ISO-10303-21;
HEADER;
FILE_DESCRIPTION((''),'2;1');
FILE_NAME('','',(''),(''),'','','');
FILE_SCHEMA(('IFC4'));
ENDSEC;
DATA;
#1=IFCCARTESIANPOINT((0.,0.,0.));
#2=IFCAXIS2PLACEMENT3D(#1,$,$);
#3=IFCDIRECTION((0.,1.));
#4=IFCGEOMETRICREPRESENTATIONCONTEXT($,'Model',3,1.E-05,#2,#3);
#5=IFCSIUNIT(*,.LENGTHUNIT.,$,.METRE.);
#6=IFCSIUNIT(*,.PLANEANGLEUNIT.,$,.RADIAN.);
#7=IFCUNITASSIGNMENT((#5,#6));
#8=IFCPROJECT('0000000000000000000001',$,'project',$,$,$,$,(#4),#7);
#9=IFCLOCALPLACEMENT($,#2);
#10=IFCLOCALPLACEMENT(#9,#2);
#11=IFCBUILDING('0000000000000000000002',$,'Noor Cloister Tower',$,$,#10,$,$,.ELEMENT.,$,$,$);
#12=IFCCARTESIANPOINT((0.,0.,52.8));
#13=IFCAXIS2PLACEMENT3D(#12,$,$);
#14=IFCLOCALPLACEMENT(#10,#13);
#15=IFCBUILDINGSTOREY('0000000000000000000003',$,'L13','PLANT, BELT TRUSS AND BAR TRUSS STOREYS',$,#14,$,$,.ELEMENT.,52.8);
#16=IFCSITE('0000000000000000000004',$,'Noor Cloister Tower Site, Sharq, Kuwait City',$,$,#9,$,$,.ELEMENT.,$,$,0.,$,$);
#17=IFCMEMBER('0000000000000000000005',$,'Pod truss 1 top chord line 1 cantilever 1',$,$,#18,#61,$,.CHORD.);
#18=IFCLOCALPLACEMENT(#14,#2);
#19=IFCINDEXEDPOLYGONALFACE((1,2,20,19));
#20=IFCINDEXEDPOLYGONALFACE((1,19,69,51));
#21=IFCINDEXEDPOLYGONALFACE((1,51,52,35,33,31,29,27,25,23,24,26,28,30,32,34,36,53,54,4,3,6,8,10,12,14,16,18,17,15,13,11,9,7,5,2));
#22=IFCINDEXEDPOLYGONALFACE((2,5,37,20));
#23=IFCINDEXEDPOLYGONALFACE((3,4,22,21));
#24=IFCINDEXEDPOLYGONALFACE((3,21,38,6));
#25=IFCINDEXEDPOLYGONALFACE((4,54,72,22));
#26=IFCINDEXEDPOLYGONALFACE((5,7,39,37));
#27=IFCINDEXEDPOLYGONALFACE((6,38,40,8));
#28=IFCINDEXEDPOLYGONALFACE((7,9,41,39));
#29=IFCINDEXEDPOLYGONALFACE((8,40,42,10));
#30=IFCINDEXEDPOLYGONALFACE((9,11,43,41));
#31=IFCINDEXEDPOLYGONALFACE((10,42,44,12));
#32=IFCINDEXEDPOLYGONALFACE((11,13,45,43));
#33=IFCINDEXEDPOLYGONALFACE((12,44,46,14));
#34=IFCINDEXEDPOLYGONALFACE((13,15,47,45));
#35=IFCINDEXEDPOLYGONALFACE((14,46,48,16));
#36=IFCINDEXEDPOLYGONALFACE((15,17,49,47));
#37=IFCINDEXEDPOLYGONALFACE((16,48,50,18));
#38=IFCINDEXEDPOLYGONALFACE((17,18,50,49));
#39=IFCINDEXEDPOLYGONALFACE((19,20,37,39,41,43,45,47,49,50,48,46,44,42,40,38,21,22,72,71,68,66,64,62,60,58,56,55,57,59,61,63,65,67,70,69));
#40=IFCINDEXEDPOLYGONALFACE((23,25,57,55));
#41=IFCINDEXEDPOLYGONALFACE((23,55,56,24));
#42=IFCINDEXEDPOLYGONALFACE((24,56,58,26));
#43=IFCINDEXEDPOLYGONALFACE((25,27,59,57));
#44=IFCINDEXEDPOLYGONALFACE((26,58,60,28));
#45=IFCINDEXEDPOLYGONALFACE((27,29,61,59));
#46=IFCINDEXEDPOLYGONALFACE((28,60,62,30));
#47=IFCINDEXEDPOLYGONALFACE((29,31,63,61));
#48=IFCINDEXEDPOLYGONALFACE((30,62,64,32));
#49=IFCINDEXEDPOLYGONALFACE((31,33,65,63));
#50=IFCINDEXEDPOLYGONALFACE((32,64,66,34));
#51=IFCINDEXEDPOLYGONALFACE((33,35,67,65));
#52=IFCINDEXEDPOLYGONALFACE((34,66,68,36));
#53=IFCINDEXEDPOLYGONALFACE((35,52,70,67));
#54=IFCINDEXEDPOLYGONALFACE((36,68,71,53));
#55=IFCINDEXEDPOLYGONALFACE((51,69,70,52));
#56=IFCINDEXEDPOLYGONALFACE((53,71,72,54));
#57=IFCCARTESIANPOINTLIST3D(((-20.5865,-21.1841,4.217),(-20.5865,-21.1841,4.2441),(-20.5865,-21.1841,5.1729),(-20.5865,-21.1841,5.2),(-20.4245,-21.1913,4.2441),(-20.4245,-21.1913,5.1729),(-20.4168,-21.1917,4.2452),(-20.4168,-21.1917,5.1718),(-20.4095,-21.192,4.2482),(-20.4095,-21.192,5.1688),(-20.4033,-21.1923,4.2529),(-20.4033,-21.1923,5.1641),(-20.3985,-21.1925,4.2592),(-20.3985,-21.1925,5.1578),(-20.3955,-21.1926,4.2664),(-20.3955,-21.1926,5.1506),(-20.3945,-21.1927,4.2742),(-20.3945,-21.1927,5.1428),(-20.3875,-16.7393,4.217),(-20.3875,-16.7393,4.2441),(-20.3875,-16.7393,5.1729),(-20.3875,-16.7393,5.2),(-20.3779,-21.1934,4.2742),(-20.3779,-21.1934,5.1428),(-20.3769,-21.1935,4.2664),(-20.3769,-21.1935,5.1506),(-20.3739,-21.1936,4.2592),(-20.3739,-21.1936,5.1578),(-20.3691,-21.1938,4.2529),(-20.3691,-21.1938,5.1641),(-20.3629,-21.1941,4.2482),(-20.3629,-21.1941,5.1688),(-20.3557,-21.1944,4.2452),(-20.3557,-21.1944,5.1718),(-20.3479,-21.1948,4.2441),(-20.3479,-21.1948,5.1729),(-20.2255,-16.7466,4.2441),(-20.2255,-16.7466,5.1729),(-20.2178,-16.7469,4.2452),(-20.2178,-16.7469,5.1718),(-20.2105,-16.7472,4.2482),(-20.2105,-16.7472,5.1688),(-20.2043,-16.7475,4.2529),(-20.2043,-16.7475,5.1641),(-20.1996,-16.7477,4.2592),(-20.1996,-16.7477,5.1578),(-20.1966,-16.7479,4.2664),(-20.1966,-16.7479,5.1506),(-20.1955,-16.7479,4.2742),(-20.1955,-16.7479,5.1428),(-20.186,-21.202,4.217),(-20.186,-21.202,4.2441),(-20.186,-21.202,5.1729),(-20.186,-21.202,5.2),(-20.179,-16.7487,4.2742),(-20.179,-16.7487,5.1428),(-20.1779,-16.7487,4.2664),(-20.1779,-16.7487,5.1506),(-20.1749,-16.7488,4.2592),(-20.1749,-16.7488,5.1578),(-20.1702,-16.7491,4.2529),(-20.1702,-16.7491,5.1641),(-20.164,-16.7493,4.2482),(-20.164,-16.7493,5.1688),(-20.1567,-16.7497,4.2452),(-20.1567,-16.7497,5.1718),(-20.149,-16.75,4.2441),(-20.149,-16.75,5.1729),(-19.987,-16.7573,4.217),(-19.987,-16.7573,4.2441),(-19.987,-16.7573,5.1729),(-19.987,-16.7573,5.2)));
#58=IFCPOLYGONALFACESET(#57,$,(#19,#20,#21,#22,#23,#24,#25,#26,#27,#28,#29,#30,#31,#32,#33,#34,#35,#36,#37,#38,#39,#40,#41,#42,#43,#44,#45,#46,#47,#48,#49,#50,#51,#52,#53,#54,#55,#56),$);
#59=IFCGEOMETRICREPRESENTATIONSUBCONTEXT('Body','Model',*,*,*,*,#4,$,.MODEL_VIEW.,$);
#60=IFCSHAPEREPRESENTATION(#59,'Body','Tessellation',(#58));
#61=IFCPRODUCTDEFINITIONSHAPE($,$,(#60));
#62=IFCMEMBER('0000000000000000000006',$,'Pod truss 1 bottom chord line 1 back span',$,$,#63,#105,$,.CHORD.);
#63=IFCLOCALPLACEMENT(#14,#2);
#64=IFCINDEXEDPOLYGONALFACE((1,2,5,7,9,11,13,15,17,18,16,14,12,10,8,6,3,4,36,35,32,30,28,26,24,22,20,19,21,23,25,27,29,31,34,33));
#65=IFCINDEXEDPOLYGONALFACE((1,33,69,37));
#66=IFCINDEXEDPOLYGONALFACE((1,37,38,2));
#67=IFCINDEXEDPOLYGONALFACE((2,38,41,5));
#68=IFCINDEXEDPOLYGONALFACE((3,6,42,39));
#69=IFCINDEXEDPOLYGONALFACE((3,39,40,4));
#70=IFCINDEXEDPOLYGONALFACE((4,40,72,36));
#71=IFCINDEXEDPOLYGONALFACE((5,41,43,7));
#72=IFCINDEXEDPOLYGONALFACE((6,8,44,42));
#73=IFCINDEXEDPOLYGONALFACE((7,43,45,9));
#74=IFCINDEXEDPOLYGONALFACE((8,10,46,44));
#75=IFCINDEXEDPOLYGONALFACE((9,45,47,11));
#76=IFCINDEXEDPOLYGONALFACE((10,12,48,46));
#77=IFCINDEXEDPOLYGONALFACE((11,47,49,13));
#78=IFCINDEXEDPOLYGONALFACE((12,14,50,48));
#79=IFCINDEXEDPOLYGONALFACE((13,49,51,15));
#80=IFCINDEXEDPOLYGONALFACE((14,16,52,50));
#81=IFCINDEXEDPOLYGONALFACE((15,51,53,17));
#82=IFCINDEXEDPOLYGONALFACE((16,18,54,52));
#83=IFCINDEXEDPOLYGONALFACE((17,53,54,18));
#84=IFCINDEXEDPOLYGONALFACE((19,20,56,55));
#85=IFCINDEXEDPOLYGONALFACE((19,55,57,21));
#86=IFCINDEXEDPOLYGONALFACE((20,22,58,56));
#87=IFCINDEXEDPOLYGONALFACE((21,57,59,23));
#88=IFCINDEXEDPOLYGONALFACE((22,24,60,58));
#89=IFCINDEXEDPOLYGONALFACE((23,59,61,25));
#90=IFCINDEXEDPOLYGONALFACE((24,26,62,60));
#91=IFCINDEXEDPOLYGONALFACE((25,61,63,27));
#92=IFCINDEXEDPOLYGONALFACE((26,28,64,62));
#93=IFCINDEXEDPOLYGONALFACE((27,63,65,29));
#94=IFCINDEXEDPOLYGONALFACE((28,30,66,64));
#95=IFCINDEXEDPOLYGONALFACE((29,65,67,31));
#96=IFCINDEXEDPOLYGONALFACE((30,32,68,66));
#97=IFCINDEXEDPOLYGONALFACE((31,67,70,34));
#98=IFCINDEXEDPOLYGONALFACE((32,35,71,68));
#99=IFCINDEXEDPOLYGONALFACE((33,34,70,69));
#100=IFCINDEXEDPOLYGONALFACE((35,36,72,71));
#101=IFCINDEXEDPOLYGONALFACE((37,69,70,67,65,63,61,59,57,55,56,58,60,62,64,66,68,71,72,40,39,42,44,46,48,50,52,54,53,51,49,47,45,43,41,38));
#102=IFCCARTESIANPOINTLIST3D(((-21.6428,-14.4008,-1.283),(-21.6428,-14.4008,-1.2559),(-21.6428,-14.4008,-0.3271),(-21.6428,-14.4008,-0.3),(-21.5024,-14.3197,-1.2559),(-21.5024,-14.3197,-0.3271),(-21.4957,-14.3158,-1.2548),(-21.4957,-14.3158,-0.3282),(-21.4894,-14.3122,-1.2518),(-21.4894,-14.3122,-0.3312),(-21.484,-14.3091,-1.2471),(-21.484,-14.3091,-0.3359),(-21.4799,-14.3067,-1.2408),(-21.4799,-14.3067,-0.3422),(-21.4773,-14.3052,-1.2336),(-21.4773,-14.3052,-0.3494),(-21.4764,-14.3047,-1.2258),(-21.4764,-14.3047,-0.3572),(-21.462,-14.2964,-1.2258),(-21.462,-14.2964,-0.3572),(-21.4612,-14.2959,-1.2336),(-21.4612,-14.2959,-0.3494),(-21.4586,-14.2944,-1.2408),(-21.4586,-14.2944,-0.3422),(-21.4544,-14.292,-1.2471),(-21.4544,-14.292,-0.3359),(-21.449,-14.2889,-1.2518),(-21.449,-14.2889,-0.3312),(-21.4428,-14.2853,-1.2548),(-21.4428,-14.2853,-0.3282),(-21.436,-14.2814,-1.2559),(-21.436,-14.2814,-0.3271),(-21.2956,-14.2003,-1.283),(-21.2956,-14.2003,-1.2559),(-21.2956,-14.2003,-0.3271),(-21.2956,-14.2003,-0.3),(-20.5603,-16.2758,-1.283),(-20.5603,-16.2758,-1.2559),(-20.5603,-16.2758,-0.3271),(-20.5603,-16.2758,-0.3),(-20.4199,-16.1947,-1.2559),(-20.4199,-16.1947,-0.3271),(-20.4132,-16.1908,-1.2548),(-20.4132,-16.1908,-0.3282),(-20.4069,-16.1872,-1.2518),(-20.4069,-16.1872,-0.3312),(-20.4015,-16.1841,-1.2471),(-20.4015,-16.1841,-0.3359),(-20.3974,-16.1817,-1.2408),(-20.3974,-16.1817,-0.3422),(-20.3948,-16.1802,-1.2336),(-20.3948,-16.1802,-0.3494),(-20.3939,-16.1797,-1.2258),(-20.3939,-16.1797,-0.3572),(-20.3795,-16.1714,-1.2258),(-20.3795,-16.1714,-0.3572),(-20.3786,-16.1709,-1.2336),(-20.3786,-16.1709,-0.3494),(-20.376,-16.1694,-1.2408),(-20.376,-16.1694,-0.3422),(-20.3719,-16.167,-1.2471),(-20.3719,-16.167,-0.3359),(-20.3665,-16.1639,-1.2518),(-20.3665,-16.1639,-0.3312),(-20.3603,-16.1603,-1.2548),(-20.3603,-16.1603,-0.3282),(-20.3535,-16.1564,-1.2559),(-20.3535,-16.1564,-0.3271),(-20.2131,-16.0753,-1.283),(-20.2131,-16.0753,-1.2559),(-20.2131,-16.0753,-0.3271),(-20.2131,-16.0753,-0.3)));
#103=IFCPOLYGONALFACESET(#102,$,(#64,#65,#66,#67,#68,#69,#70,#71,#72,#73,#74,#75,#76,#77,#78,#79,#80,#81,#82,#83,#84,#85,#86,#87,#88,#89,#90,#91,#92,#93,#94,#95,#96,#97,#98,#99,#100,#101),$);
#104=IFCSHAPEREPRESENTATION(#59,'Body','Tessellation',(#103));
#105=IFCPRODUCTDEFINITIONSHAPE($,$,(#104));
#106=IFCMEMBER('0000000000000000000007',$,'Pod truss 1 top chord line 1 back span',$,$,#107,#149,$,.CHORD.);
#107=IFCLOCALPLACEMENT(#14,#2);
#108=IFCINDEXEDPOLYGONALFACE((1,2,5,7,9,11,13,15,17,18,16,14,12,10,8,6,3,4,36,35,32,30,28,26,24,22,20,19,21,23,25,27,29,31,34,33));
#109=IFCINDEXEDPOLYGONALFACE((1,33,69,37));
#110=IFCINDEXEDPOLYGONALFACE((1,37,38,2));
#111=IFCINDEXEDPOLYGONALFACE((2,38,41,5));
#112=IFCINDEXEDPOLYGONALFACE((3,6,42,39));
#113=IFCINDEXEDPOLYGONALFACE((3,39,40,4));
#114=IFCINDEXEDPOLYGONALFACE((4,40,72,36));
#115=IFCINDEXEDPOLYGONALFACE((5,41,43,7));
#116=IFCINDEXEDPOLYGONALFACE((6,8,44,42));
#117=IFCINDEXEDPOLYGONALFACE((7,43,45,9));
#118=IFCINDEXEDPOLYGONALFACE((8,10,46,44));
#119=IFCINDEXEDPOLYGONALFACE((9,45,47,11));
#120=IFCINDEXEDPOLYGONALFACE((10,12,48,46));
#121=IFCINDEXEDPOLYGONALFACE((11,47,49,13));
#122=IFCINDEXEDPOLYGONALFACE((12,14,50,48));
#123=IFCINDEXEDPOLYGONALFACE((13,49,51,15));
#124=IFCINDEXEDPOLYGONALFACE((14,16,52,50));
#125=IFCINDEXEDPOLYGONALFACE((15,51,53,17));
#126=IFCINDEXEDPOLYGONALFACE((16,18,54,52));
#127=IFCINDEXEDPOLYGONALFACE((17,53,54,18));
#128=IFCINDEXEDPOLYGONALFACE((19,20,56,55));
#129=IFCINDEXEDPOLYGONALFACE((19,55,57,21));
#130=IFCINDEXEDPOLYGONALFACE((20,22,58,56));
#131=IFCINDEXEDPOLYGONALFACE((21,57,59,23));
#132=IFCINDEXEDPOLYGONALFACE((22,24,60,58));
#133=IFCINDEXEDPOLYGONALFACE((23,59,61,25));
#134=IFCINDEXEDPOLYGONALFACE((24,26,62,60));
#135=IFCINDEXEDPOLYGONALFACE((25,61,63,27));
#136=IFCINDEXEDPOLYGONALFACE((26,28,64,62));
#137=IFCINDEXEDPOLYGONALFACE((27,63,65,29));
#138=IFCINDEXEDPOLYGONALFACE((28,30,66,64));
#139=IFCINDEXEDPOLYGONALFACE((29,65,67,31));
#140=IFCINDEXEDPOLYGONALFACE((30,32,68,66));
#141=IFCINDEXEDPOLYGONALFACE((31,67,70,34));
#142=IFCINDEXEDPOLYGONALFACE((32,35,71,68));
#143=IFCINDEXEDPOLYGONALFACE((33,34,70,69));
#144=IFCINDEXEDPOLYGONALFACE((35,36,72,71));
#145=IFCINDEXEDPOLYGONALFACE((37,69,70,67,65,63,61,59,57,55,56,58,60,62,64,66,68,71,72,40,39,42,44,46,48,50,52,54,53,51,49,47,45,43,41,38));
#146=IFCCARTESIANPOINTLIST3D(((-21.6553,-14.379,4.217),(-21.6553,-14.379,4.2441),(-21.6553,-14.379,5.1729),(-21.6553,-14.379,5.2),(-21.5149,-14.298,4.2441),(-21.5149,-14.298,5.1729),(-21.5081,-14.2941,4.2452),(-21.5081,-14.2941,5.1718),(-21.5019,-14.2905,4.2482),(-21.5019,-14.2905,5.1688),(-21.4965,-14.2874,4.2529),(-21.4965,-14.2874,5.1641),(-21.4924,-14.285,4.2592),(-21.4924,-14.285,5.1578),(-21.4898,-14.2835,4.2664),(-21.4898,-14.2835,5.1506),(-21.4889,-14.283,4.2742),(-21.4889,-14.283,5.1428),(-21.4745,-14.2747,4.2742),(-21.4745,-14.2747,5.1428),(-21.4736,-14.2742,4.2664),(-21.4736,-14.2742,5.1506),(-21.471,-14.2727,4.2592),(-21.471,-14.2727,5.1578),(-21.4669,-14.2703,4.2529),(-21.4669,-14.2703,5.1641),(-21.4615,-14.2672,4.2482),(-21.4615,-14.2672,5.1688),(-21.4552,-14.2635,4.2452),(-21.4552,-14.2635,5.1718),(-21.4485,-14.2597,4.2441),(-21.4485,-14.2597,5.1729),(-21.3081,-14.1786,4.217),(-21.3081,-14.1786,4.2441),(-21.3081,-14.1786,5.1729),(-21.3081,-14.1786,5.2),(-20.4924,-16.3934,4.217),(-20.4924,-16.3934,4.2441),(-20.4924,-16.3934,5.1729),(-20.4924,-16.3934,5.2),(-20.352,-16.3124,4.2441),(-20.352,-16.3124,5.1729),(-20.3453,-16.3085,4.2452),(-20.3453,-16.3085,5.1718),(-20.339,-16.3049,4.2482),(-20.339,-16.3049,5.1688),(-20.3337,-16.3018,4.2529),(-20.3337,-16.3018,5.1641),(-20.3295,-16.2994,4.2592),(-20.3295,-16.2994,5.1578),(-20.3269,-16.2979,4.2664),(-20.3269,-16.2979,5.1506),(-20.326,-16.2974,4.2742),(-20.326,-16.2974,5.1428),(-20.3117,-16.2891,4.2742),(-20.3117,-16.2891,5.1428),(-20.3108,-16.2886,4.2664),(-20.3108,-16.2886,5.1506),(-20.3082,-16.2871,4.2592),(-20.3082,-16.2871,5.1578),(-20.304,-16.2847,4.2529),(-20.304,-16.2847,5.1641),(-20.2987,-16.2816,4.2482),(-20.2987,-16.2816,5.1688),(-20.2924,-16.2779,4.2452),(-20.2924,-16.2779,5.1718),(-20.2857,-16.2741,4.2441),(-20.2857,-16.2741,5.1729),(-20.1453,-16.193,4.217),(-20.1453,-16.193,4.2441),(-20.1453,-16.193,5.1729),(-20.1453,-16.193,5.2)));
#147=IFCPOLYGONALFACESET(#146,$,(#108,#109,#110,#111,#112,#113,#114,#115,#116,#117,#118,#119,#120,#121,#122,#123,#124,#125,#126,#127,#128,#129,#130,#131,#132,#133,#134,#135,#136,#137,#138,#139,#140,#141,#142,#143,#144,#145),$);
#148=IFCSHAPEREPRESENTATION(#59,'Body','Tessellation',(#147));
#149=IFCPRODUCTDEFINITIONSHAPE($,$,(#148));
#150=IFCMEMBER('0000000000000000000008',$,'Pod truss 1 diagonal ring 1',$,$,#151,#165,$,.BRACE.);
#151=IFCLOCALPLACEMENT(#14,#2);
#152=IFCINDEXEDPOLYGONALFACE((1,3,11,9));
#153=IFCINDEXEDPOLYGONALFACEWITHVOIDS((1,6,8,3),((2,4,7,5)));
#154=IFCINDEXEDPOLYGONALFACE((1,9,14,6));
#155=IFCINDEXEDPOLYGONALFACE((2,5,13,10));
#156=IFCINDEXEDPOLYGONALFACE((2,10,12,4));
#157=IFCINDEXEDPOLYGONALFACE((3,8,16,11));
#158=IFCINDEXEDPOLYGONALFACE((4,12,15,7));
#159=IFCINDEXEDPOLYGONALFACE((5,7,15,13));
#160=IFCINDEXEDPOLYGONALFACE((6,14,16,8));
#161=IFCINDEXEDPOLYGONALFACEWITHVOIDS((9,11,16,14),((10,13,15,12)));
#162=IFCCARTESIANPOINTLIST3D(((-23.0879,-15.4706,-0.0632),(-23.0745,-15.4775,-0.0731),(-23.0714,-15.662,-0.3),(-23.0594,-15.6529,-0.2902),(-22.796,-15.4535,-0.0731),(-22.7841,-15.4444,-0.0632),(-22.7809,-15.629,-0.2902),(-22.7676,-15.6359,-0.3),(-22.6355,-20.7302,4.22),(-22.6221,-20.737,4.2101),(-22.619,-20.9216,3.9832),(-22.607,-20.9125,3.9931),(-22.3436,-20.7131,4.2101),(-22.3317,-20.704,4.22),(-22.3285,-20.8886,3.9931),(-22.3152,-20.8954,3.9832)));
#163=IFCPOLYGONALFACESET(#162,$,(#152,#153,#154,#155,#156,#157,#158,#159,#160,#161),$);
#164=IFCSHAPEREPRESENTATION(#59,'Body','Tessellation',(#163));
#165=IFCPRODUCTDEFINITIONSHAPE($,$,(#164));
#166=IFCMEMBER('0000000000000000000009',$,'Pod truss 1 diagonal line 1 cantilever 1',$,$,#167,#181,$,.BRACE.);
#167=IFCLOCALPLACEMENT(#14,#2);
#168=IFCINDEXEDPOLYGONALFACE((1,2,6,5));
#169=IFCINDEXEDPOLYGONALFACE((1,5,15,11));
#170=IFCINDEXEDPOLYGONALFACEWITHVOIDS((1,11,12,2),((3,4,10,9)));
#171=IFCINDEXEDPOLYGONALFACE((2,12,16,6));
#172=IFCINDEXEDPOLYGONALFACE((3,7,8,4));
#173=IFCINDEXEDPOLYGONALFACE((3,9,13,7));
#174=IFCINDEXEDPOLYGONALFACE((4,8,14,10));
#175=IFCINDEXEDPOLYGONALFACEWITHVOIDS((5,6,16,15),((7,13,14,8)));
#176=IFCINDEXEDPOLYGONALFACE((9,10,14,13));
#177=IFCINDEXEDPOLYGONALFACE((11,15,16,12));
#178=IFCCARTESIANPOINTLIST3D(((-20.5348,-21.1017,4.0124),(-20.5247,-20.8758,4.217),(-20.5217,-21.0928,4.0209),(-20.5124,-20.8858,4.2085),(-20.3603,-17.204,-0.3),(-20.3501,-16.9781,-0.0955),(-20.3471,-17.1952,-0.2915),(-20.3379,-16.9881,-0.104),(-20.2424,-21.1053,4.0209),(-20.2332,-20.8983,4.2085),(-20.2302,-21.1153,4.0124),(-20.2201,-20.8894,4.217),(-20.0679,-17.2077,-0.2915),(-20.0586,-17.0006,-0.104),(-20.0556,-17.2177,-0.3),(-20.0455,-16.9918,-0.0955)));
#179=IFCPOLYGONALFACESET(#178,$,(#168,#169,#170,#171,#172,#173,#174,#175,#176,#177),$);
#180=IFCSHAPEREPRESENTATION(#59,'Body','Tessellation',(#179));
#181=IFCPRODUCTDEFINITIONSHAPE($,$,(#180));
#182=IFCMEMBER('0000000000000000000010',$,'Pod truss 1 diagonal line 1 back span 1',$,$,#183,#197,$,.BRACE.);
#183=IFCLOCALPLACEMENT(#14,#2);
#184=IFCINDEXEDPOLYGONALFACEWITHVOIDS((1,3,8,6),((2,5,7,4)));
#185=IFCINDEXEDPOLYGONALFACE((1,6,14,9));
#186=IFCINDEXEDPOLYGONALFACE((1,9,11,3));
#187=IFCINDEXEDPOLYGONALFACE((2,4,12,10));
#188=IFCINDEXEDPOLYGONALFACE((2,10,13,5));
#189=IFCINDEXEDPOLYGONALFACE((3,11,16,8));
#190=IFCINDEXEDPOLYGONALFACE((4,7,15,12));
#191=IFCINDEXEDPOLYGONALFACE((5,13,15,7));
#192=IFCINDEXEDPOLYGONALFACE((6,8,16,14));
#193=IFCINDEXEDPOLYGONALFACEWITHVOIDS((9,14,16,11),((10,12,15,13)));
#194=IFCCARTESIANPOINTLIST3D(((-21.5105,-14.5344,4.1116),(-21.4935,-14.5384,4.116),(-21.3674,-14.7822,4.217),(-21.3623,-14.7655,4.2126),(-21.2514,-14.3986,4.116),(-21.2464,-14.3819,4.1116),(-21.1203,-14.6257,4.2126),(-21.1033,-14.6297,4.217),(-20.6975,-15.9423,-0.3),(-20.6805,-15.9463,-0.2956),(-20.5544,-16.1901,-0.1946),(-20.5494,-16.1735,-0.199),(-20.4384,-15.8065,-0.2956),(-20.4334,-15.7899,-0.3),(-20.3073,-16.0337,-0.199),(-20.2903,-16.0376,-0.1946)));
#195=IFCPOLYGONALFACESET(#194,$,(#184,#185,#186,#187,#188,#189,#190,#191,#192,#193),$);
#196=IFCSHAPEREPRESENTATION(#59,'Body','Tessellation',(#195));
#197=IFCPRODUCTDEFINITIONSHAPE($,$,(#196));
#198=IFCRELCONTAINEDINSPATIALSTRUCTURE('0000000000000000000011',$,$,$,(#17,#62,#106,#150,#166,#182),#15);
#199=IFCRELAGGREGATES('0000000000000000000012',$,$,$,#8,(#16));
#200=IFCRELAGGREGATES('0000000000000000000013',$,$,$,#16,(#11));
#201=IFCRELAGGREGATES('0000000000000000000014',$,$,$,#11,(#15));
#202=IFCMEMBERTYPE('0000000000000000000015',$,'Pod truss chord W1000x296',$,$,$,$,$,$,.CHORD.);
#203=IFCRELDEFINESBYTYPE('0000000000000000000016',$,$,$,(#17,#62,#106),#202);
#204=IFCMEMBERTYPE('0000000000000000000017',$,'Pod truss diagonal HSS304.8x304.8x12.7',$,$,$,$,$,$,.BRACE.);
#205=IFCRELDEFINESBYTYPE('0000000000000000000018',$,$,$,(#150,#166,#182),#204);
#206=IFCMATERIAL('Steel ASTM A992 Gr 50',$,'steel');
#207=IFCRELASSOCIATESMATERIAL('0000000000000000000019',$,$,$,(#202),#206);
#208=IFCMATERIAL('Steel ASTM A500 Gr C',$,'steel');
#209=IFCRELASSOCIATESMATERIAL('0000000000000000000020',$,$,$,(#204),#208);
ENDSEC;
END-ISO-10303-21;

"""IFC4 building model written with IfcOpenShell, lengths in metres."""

from ifc_helpers import new_model, si_unit, direction, frame, origin, origin_2d, place, context, subcontext, project, spatial, hollow_rectangle, i_section, extrude, material, material_profile, profile_set, type_object, element, save


model = new_model("IFC4")

# Units and contexts
model_context = context("Model", 3, precision=1e-05, world=origin(), true_north=direction((0.0, 1.0)))
body_context = subcontext(model_context, "Body", "Model", "MODEL_VIEW")
ifc_project = project(units=[si_unit("LENGTHUNIT", "METRE"), si_unit("PLANEANGLEUNIT", "RADIAN")], contexts=[model_context])

# Site, building, storey
site_placement = place(None, origin())
site = spatial("IfcSite", under=ifc_project, at=site_placement, Name="Noor Cloister Tower Site, Sharq, Kuwait City", CompositionType="ELEMENT", RefElevation=0.0)
building_placement = place(site_placement, origin())
building = spatial("IfcBuilding", under=site, at=building_placement, Name="Noor Cloister Tower", CompositionType="ELEMENT")
storey_placement = place(building_placement, frame((0.0, 0.0, 52.8)))
storey = spatial("IfcBuildingStorey", under=building, at=storey_placement, Name="L13", Description="PLANT, BELT TRUSS AND BAR TRUSS STOREYS", CompositionType="ELEMENT", Elevation=52.8)

# Members
ifc_material_1 = material(Name="Steel ASTM A992 Gr 50", Category="steel")
ifc_material_profile_1 = material_profile(ifc_material_1, i_section(OverallWidth=0.4009, OverallDepth=0.9829, WebThickness=0.0166, FlangeThickness=0.0271, FilletRadius=0.03, at=origin_2d()), Name="W1000x296")
ifc_profile_set_1 = profile_set([ifc_material_profile_1], Name="Steel ASTM A992 Gr 50")
member_type_1 = type_object("IfcMemberType", Name="Pod truss chord W1000x296", PredefinedType="CHORD", material=ifc_profile_set_1)
member_1_placement = place(storey_placement, frame((-20.1873, -16.7483, 4.7085), z_axis=(-0.044721, -0.999, 0.0), x_axis=(0.999, -0.044721, 0.0)))
element("IfcMember", 1, at=member_1_placement, inside=storey, type_object=member_type_1, Name="Pod truss 1 top chord line 1 cantilever 1", PredefinedType="CHORD", context=body_context, shape_type="SweptSolid", body=[
    extrude(i_section(OverallWidth=0.4009, OverallDepth=0.9829, WebThickness=0.0166, FlangeThickness=0.0271, FilletRadius=0.03, at=origin_2d()), origin(), (0.0, 0.0, 1.0), 4.4492),
])
member_2_placement = place(storey_placement, frame((-20.3867, -16.1755, -0.7915), z_axis=(-0.499996, 0.866028, 0.0), x_axis=(-0.866028, -0.499996, 0.0)))
element("IfcMember", 2, at=member_2_placement, inside=storey, type_object=member_type_1, Name="Pod truss 1 bottom chord line 1 back span", PredefinedType="CHORD", context=body_context, shape_type="SweptSolid", body=[
    extrude(i_section(OverallWidth=0.4009, OverallDepth=0.9829, WebThickness=0.0166, FlangeThickness=0.0271, FilletRadius=0.03, at=origin_2d()), origin(), (0.0, 0.0, 1.0), 2.165),
])
member_3_placement = place(storey_placement, frame((-20.3188, -16.2932, 4.7085), z_axis=(-0.499944, 0.866058, 0.0), x_axis=(-0.866058, -0.499944, 0.0)))
element("IfcMember", 3, at=member_3_placement, inside=storey, type_object=member_type_1, Name="Pod truss 1 top chord line 1 back span", PredefinedType="CHORD", context=body_context, shape_type="SweptSolid", body=[
    extrude(i_section(OverallWidth=0.4009, OverallDepth=0.9829, WebThickness=0.0166, FlangeThickness=0.0271, FilletRadius=0.03, at=origin_2d()), origin(), (0.0, 0.0, 1.0), 2.3259),
])
ifc_material_2 = material(Name="Steel ASTM A500 Gr C", Category="steel")
ifc_material_profile_2 = material_profile(ifc_material_2, hollow_rectangle(XDim=0.3049, YDim=0.3049, WallThickness=0.0127, at=origin_2d()), Name="HSS304.8x304.8x12.7")
ifc_profile_set_2 = profile_set([ifc_material_profile_2], Name="Steel ASTM A500 Gr C")
member_type_2 = type_object("IfcMemberType", Name="Pod truss diagonal HSS304.8x304.8x12.7", PredefinedType="BRACE", material=ifc_profile_set_2)
member_4_placement = place(storey_placement, frame((-22.9277, -15.5532, -0.1816), z_axis=(0.066548, -0.773685, 0.630066), x_axis=(0.996321, 0.085698, 0.0)))
element("IfcMember", 4, at=member_4_placement, inside=storey, type_object=member_type_2, Name="Pod truss 1 diagonal ring 1", PredefinedType="BRACE", context=body_context, shape_type="SweptSolid", body=[
    extrude(hollow_rectangle(XDim=0.3049, YDim=0.3049, WallThickness=0.0127, at=origin_2d()), origin(), (0.0, 0.0, 1.0), 6.7981),
])
member_5_placement = place(storey_placement, frame((-20.2029, -17.0979, -0.1978), z_axis=(-0.030016, -0.670225, 0.741551), x_axis=(0.998999, -0.044741, 0.0)))
element("IfcMember", 5, at=member_5_placement, inside=storey, type_object=member_type_2, Name="Pod truss 1 diagonal line 1 cantilever 1", PredefinedType="BRACE", context=body_context, shape_type="SweptSolid", body=[
    extrude(hollow_rectangle(XDim=0.3049, YDim=0.3049, WallThickness=0.0127, at=origin_2d()), origin(), (0.0, 0.0, 1.0), 5.8154),
])
member_6_placement = place(storey_placement, frame((-20.4939, -15.99, -0.2473), z_axis=(-0.172915, 0.299459, 0.938309), x_axis=(-0.865998, -0.500047, 0.0)))
element("IfcMember", 6, at=member_6_placement, inside=storey, type_object=member_type_2, Name="Pod truss 1 diagonal line 1 back span 1", PredefinedType="BRACE", context=body_context, shape_type="SweptSolid", body=[
    extrude(hollow_rectangle(XDim=0.3049, YDim=0.3049, WallThickness=0.0127, at=origin_2d()), origin(), (0.0, 0.0, 1.0), 4.7017),
])

save(model, "model.ifc")
